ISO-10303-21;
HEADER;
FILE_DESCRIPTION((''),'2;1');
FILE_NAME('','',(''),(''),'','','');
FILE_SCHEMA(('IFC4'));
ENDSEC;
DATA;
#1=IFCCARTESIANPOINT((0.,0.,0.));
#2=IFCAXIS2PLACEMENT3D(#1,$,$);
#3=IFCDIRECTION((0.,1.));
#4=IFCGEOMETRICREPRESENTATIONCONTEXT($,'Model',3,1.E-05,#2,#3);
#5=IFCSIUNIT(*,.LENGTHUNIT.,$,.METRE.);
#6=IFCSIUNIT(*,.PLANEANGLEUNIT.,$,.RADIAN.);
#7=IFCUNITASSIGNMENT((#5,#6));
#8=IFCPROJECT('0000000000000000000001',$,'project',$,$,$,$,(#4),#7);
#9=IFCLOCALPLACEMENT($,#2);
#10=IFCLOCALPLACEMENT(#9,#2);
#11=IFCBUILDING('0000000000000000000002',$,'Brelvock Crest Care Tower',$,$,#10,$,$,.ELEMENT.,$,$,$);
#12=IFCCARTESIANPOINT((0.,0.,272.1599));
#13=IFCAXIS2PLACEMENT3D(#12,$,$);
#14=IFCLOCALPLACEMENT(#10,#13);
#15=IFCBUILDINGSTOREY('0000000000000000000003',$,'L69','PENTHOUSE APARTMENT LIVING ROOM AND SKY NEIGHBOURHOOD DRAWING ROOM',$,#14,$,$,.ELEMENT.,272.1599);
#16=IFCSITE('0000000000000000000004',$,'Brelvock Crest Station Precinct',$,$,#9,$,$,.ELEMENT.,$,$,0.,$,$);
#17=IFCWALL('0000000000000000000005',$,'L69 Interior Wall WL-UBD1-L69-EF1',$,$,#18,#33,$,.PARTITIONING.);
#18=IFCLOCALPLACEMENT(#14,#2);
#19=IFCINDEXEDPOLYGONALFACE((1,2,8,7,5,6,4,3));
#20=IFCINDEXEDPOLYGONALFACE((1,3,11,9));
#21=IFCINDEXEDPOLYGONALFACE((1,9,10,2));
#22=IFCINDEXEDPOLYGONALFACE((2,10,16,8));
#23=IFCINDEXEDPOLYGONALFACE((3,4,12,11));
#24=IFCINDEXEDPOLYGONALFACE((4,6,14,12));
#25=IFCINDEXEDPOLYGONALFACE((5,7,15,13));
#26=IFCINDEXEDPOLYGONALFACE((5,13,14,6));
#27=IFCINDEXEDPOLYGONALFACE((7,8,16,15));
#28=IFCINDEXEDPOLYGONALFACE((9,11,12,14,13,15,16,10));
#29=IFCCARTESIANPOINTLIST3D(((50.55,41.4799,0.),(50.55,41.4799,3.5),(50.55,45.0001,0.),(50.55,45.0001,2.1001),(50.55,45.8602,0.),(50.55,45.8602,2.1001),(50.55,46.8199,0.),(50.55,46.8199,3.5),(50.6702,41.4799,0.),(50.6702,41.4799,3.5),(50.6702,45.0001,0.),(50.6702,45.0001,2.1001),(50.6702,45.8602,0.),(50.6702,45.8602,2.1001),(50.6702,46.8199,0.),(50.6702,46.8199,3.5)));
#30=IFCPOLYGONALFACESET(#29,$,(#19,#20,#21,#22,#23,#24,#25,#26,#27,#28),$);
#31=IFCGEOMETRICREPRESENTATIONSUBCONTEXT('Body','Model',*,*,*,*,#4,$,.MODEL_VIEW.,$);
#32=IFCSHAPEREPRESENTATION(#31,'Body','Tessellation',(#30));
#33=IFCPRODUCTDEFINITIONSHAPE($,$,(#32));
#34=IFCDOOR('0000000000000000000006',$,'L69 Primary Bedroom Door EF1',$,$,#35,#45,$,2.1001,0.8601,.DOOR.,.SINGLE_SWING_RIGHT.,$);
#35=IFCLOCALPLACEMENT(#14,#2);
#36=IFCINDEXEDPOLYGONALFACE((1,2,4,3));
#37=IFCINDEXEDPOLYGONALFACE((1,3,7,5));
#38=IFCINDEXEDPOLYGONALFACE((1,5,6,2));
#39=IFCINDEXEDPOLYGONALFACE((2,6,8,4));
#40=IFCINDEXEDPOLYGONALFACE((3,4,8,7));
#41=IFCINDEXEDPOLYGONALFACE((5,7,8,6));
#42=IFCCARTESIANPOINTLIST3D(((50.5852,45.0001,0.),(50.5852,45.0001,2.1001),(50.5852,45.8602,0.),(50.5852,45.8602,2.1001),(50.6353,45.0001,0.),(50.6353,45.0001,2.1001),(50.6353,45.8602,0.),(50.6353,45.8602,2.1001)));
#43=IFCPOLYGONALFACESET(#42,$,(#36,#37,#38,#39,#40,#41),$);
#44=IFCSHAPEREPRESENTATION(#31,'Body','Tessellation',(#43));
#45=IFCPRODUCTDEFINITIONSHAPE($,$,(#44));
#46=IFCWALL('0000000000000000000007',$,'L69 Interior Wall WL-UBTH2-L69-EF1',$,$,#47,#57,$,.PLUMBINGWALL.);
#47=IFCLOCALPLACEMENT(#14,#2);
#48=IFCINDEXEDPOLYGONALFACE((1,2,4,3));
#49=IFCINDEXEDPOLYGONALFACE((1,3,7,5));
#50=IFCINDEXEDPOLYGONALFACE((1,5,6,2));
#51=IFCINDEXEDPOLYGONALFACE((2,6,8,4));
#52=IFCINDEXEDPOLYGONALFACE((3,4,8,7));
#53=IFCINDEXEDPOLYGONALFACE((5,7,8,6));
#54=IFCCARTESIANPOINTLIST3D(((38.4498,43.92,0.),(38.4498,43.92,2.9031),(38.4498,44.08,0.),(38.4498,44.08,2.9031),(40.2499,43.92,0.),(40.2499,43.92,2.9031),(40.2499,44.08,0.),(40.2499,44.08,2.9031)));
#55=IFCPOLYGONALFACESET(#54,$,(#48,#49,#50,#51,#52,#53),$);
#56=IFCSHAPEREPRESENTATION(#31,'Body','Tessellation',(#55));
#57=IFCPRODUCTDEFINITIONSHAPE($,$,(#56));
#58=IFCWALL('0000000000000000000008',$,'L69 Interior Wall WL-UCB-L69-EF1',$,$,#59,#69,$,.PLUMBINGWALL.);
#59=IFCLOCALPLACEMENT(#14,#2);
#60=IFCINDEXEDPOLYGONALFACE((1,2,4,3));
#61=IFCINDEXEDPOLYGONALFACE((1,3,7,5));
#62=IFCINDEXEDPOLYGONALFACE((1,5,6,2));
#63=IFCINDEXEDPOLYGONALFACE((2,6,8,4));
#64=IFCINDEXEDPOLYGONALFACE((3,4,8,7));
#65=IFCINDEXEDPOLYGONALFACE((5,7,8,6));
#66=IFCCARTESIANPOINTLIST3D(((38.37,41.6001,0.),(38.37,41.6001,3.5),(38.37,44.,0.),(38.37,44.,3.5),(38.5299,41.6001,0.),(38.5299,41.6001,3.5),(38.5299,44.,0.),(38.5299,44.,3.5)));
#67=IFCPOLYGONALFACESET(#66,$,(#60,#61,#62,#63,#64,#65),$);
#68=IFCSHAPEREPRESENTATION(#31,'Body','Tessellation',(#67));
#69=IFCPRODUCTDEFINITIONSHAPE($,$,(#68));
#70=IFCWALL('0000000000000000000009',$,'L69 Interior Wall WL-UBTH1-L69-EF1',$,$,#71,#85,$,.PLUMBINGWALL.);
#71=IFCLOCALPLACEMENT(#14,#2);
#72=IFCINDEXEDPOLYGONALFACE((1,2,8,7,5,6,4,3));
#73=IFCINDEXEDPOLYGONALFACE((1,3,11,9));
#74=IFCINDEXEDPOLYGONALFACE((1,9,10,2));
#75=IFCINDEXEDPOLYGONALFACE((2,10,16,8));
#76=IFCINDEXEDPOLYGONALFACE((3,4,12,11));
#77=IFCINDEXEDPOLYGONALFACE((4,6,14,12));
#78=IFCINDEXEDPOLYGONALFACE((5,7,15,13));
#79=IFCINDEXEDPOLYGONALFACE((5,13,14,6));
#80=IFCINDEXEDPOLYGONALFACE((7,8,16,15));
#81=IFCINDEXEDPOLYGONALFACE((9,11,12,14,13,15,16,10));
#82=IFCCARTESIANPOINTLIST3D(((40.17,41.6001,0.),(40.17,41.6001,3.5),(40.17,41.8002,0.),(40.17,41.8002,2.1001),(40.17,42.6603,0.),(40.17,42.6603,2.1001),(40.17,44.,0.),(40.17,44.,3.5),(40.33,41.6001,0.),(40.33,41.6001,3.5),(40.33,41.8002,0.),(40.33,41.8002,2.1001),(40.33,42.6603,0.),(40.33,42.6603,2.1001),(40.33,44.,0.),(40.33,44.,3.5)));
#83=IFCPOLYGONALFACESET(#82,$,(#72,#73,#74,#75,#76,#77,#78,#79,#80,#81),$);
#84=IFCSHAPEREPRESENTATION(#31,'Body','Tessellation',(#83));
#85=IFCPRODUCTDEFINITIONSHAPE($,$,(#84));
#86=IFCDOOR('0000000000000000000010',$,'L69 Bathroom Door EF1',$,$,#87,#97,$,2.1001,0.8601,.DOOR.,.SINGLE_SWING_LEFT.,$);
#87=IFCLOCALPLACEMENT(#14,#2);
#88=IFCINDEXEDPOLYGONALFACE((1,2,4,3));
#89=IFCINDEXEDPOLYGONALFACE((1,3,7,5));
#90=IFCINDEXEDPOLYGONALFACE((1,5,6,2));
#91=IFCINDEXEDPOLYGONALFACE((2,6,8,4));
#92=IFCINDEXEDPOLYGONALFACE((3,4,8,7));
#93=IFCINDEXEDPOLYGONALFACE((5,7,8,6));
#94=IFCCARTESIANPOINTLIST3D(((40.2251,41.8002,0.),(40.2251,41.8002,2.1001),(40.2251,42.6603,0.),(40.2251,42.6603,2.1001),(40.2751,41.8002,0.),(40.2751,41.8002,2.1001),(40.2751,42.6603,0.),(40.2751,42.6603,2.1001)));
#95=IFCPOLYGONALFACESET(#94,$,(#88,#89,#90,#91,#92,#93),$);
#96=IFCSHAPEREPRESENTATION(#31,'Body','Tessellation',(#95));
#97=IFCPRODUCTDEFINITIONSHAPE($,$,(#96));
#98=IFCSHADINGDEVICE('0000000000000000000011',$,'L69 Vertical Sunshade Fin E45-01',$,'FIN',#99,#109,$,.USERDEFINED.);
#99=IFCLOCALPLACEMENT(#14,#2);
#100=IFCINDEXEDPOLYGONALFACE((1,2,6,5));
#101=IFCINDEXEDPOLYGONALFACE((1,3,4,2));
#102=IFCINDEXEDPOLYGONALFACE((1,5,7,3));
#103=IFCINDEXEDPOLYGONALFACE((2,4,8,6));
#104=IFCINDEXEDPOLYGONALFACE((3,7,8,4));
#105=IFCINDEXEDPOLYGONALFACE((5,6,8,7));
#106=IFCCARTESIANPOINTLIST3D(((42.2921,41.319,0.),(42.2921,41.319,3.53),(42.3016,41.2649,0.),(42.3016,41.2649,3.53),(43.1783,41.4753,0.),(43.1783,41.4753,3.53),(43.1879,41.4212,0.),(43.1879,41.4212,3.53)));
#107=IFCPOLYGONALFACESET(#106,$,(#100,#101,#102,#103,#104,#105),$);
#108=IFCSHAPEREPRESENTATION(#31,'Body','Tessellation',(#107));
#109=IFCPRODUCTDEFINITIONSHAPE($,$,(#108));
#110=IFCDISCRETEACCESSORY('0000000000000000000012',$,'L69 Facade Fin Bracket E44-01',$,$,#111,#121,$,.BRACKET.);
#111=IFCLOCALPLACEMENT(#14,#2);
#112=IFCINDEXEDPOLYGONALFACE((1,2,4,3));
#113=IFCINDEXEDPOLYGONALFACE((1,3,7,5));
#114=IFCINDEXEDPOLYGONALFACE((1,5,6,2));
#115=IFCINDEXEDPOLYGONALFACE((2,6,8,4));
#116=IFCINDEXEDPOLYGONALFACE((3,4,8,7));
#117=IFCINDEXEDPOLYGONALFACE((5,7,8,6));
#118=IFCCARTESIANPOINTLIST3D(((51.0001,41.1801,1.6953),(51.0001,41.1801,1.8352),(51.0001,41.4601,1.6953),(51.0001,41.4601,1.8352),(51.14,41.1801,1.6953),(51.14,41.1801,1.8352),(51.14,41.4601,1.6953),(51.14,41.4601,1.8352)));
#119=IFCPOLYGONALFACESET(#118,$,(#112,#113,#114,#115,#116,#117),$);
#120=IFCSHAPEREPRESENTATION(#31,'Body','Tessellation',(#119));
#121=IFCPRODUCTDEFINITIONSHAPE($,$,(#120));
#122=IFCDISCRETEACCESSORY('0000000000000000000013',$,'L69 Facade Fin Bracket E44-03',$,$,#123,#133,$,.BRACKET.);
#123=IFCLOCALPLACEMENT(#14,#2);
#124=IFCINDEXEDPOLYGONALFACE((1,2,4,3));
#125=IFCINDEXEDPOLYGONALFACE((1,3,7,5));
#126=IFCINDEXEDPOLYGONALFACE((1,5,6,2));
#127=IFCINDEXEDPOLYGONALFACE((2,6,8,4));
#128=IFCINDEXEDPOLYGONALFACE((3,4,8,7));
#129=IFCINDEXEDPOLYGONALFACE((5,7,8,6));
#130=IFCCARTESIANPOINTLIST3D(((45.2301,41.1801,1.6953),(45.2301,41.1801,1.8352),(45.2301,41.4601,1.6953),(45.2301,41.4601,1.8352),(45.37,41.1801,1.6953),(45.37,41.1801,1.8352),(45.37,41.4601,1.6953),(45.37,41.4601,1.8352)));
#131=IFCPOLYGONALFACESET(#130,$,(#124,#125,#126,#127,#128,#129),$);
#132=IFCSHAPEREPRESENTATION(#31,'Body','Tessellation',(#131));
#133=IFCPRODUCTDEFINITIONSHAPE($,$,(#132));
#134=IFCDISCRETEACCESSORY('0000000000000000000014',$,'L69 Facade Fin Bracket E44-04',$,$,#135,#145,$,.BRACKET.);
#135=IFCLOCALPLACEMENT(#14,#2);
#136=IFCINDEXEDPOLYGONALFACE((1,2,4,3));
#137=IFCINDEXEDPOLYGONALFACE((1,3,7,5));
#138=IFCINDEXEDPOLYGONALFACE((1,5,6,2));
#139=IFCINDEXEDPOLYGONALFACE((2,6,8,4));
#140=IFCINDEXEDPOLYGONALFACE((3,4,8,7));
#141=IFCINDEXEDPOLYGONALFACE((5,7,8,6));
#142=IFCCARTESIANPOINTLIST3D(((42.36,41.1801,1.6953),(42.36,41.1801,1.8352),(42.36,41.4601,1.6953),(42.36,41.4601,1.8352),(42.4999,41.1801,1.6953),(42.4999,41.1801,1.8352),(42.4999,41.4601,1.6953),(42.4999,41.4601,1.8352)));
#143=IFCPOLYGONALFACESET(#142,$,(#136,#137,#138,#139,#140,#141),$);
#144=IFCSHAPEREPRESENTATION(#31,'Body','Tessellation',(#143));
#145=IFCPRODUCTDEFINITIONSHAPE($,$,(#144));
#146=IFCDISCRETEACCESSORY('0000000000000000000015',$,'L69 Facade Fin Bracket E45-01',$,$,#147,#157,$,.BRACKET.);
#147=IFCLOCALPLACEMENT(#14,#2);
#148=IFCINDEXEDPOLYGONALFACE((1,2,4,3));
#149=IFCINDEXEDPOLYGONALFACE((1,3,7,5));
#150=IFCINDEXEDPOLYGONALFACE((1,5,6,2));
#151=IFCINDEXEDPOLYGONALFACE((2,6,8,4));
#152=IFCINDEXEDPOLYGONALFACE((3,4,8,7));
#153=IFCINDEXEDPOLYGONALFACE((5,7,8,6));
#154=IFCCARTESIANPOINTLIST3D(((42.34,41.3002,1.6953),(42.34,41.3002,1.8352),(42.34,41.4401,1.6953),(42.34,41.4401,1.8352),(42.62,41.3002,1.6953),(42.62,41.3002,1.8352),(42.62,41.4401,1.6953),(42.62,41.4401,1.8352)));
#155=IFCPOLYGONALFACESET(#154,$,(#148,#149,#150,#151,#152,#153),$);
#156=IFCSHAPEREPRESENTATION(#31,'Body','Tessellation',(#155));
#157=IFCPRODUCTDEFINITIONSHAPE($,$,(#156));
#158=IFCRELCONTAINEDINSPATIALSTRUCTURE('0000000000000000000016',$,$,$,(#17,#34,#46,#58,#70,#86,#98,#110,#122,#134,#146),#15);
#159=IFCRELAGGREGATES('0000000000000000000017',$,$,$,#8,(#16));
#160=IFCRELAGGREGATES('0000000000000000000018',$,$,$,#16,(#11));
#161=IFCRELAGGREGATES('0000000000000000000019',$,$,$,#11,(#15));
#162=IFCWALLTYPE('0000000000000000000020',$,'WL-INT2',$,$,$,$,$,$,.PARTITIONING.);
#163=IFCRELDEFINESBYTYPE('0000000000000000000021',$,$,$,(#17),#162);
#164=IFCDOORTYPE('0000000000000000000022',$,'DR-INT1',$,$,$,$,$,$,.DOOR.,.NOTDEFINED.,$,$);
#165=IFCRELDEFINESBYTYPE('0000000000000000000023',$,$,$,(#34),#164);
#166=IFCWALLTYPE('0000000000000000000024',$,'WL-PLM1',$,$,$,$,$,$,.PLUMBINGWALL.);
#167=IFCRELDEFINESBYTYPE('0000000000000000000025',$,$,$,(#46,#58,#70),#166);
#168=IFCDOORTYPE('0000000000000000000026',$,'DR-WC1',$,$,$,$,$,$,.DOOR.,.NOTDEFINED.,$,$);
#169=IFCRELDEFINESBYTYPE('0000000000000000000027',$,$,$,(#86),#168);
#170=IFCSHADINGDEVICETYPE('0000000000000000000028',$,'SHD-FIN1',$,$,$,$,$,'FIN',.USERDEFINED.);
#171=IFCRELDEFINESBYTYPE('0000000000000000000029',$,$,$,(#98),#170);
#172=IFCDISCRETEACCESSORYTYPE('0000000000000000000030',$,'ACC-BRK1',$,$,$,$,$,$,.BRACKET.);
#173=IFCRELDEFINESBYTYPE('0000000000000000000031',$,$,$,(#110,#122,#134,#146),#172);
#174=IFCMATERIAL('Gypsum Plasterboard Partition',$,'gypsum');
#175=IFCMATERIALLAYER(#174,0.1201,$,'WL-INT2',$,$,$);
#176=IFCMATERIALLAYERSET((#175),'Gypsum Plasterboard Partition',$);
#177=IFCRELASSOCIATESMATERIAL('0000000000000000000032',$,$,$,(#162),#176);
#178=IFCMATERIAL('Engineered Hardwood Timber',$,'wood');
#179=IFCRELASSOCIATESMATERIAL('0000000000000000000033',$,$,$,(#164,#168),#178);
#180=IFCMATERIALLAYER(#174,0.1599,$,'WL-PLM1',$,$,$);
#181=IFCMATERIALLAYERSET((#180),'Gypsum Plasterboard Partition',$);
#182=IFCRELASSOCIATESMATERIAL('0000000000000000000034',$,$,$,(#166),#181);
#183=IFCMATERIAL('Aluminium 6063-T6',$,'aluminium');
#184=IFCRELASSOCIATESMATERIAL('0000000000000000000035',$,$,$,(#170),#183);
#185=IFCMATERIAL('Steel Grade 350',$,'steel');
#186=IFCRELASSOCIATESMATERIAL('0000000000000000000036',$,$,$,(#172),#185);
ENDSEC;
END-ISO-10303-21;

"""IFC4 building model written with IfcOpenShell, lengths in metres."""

from ifc_helpers import new_model, si_unit, direction, frame, frame_2d, origin, origin_2d, place, context, subcontext, project, spatial, rectangle, extrude, source, transform, mapped, material, layer, layer_set, material_profile, profile_set, type_object, element, fill, save


model = new_model("IFC4")

# Units and contexts
model_context = context("Model", 3, precision=1e-05, world=origin(), true_north=direction((0.0, 1.0)))
body_context = subcontext(model_context, "Body", "Model", "MODEL_VIEW")
ifc_project = project(units=[si_unit("LENGTHUNIT", "METRE"), si_unit("PLANEANGLEUNIT", "RADIAN")], contexts=[model_context])

# Site, building, storey
site_placement = place(None, origin())
site = spatial("IfcSite", under=ifc_project, at=site_placement, Name="Brelvock Crest Station Precinct", CompositionType="ELEMENT", RefElevation=0.0)
building_placement = place(site_placement, origin())
building = spatial("IfcBuilding", under=site, at=building_placement, Name="Brelvock Crest Care Tower", CompositionType="ELEMENT")
storey_placement = place(building_placement, frame((0.0, 0.0, 272.1599)))
storey = spatial("IfcBuildingStorey", under=building, at=storey_placement, Name="L69", Description="PENTHOUSE APARTMENT LIVING ROOM AND SKY NEIGHBOURHOOD DRAWING ROOM", CompositionType="ELEMENT", Elevation=272.1599)

# Shared definitions
ifc_material_1 = material(Name="Steel Grade 350", Category="steel")

# Shared definitions
ifc_material_2 = material(Name="Aluminium 6063-T6", Category="aluminium")

# Wall, opening, door
ifc_material_3 = material(Name="Gypsum Plasterboard Partition", Category="gypsum")
ifc_layer_1 = layer(ifc_material_3, 0.1201, Name="WL-INT2")
ifc_layer_set_1 = layer_set([ifc_layer_1], Name="Gypsum Plasterboard Partition")
wall_type_1 = type_object("IfcWallType", Name="WL-INT2", PredefinedType="PARTITIONING", material=ifc_layer_set_1)
wall_1_placement = place(storey_placement, frame((50.6101, 41.48, 0.0), z_axis=(0.0, 0.0, 1.0), x_axis=(0.0, 1.0, 0.0)))
wall_1 = element("IfcWall", 1, at=wall_1_placement, inside=storey, type_object=wall_type_1, Name="L69 Interior Wall WL-UBD1-L69-EF1", PredefinedType="PARTITIONING", context=body_context, shape_type="SweptSolid", body=[
    extrude(rectangle(XDim=5.3401, YDim=0.1201, at=frame_2d((2.6699, 0.0))), origin(), (0.0, 0.0, 1.0), 3.5),
])
opening_1_placement = place(wall_1_placement, frame((3.52, 0.0, 0.0)))
opening_1 = element("IfcOpeningElement", 2, at=opening_1_placement, cuts=wall_1, PredefinedType="OPENING", context=body_context, shape_type="SweptSolid", body=[
    extrude(rectangle(XDim=0.8601, YDim=2.1001, at=origin_2d()), frame((0.4302, 0.0701, 1.05), z_axis=(0.0, -1.0, 0.0), x_axis=(1.0, 0.0, 0.0)), (0.0, 0.0, 1.0), 0.1401),
])
ifc_material_4 = material(Name="Engineered Hardwood Timber", Category="wood")
door_type_1 = type_object("IfcDoorType", Name="DR-INT1", OperationType="NOTDEFINED", PredefinedType="DOOR", material=ifc_material_4)
shared_shape_1 = source(origin(), body_context, "Body", "SweptSolid", [
    extrude(rectangle(XDim=0.8601, YDim=2.1001, at=origin_2d()), frame((0.4302, 0.0249, 1.05), z_axis=(0.0, -1.0, 0.0), x_axis=(1.0, 0.0, 0.0)), (0.0, 0.0, 1.0), 0.05),
])
door_1_placement = place(opening_1_placement, origin())
door_1 = element("IfcDoor", 3, at=door_1_placement, inside=storey, type_object=door_type_1, Name="L69 Primary Bedroom Door EF1", OperationType="SINGLE_SWING_RIGHT", OverallHeight=2.1001, OverallWidth=0.8601, PredefinedType="DOOR", context=body_context, shape_type="MappedRepresentation", body=[
    mapped(shared_shape_1, transform((0.0, 0.0, 0.0), x_axis=(1.0, 0.0, 0.0), y_axis=(0.0, 1.0, 0.0), z_axis=(0.0, 0.0, 1.0), scale=1.0)),
])
fill(opening_1, door_1)

# Walls
ifc_layer_2 = layer(ifc_material_3, 0.1599, Name="WL-PLM1")
ifc_layer_set_2 = layer_set([ifc_layer_2], Name="Gypsum Plasterboard Partition")
wall_type_2 = type_object("IfcWallType", Name="WL-PLM1", PredefinedType="PLUMBINGWALL", material=ifc_layer_set_2)
wall_2_placement = place(storey_placement, frame((38.45, 44.0, 0.0), z_axis=(0.0, 0.0, 1.0), x_axis=(1.0, 0.0, 0.0)))
element("IfcWall", 4, at=wall_2_placement, inside=storey, type_object=wall_type_2, Name="L69 Interior Wall WL-UBTH2-L69-EF1", PredefinedType="PLUMBINGWALL", context=body_context, shape_type="SweptSolid", body=[
    extrude(rectangle(XDim=1.8, YDim=0.1599, at=frame_2d((0.8999, 0.0))), origin(), (0.0, 0.0, 1.0), 2.9031),
])
wall_3_placement = place(storey_placement, frame((38.45, 41.6001, 0.0), z_axis=(0.0, 0.0, 1.0), x_axis=(0.0, 1.0, 0.0)))
element("IfcWall", 5, at=wall_3_placement, inside=storey, type_object=wall_type_2, Name="L69 Interior Wall WL-UCB-L69-EF1", PredefinedType="PLUMBINGWALL", context=body_context, shape_type="SweptSolid", body=[
    extrude(rectangle(XDim=2.3999, YDim=0.1599, at=frame_2d((1.2, 0.0))), origin(), (0.0, 0.0, 1.0), 3.5),
])

# Wall, opening, door
wall_4_placement = place(storey_placement, frame((40.25, 41.6001, 0.0), z_axis=(0.0, 0.0, 1.0), x_axis=(0.0, 1.0, 0.0)))
wall_4 = element("IfcWall", 6, at=wall_4_placement, inside=storey, type_object=wall_type_2, Name="L69 Interior Wall WL-UBTH1-L69-EF1", PredefinedType="PLUMBINGWALL", context=body_context, shape_type="SweptSolid", body=[
    extrude(rectangle(XDim=2.3999, YDim=0.1599, at=frame_2d((1.2, 0.0))), origin(), (0.0, 0.0, 1.0), 3.5),
])
opening_2_placement = place(wall_4_placement, frame((0.2, 0.0, 0.0)))
opening_2 = element("IfcOpeningElement", 7, at=opening_2_placement, cuts=wall_4, PredefinedType="OPENING", context=body_context, shape_type="SweptSolid", body=[
    extrude(rectangle(XDim=0.8601, YDim=2.1001, at=origin_2d()), frame((0.4302, 0.0898, 1.05), z_axis=(0.0, -1.0, 0.0), x_axis=(1.0, 0.0, 0.0)), (0.0, 0.0, 1.0), 0.1799),
])
door_type_2 = type_object("IfcDoorType", Name="DR-WC1", OperationType="NOTDEFINED", PredefinedType="DOOR", material=ifc_material_4)
shared_shape_2 = source(origin(), body_context, "Body", "SweptSolid", [
    extrude(rectangle(XDim=0.8601, YDim=2.1001, at=origin_2d()), frame((0.4302, 0.0249, 1.05), z_axis=(0.0, -1.0, 0.0), x_axis=(1.0, 0.0, 0.0)), (0.0, 0.0, 1.0), 0.05),
])
door_2_placement = place(opening_2_placement, origin())
door_2 = element("IfcDoor", 8, at=door_2_placement, inside=storey, type_object=door_type_2, Name="L69 Bathroom Door EF1", OperationType="SINGLE_SWING_LEFT", OverallHeight=2.1001, OverallWidth=0.8601, PredefinedType="DOOR", context=body_context, shape_type="MappedRepresentation", body=[
    mapped(shared_shape_2, transform((0.0, 0.0, 0.0), x_axis=(1.0, 0.0, 0.0), y_axis=(0.0, 1.0, 0.0), z_axis=(0.0, 0.0, 1.0), scale=1.0)),
])
fill(opening_2, door_2)

# Shading device
ifc_material_profile_1 = material_profile(ifc_material_2, rectangle(XDim=0.0549, YDim=0.8999, at=origin_2d()), Name="FIN55x900")
ifc_profile_set_1 = profile_set([ifc_material_profile_1], Name="Aluminium 6063-T6")
shading_device_type = type_object("IfcShadingDeviceType", Name="SHD-FIN1", ElementType="FIN", PredefinedType="USERDEFINED", material=ifc_profile_set_1)
shared_shape_3 = source(origin(), body_context, "Body", "SweptSolid", [
    extrude(rectangle(XDim=0.0549, YDim=0.8999, at=origin_2d()), origin(), (0.0, 0.0, 1.0), 3.53),
])
shading_device_placement = place(storey_placement, frame((42.74, 41.3701, 0.0), z_axis=(0.0, 0.0, 1.0), x_axis=(0.173648, -0.984808, 0.0)))
element("IfcShadingDevice", 9, at=shading_device_placement, inside=storey, type_object=shading_device_type, Name="L69 Vertical Sunshade Fin E45-01", ObjectType="FIN", PredefinedType="USERDEFINED", context=body_context, shape_type="MappedRepresentation", body=[
    mapped(shared_shape_3, transform((0.0, 0.0, 0.0), x_axis=(1.0, 0.0, 0.0), y_axis=(0.0, 1.0, 0.0), z_axis=(0.0, 0.0, 1.0), scale=1.0)),
])

# Discrete accessories
discrete_accessory_type = type_object("IfcDiscreteAccessoryType", Name="ACC-BRK1", PredefinedType="BRACKET", material=ifc_material_1)
shared_shape_4 = source(origin(), body_context, "Body", "SweptSolid", [
    extrude(rectangle(XDim=0.28, YDim=0.1399, at=origin_2d()), origin(), (0.0, 0.0, 1.0), 0.1399),
])
for number, where, z_axis, x_axis, name in (
    (10, (51.0701, 41.3201, 1.6953), (0.0, 0.0, 1.0), (0.0, -1.0, 0.0), "L69 Facade Fin Bracket E44-01"),
    (11, (45.3, 41.3201, 1.6953), (0.0, 0.0, 1.0), (0.0, -1.0, 0.0), "L69 Facade Fin Bracket E44-03"),
    (12, (42.4299, 41.3201, 1.6953), (0.0, 0.0, 1.0), (0.0, -1.0, 0.0), "L69 Facade Fin Bracket E44-04"),
    (13, (42.48, 41.3701, 1.6953), (0.0, 0.0, 1.0), (1.0, 0.0, 0.0), "L69 Facade Fin Bracket E45-01"),
):
    element("IfcDiscreteAccessory", number, at=place(storey_placement, frame(where, z_axis=z_axis, x_axis=x_axis)), inside=storey, type_object=discrete_accessory_type, Name=name, PredefinedType="BRACKET", context=body_context, shape_type="MappedRepresentation", body=[
        mapped(shared_shape_4, transform((0.0, 0.0, 0.0), x_axis=(1.0, 0.0, 0.0), y_axis=(0.0, 1.0, 0.0), z_axis=(0.0, 0.0, 1.0), scale=1.0)),
    ])

save(model, "model.ifc")
